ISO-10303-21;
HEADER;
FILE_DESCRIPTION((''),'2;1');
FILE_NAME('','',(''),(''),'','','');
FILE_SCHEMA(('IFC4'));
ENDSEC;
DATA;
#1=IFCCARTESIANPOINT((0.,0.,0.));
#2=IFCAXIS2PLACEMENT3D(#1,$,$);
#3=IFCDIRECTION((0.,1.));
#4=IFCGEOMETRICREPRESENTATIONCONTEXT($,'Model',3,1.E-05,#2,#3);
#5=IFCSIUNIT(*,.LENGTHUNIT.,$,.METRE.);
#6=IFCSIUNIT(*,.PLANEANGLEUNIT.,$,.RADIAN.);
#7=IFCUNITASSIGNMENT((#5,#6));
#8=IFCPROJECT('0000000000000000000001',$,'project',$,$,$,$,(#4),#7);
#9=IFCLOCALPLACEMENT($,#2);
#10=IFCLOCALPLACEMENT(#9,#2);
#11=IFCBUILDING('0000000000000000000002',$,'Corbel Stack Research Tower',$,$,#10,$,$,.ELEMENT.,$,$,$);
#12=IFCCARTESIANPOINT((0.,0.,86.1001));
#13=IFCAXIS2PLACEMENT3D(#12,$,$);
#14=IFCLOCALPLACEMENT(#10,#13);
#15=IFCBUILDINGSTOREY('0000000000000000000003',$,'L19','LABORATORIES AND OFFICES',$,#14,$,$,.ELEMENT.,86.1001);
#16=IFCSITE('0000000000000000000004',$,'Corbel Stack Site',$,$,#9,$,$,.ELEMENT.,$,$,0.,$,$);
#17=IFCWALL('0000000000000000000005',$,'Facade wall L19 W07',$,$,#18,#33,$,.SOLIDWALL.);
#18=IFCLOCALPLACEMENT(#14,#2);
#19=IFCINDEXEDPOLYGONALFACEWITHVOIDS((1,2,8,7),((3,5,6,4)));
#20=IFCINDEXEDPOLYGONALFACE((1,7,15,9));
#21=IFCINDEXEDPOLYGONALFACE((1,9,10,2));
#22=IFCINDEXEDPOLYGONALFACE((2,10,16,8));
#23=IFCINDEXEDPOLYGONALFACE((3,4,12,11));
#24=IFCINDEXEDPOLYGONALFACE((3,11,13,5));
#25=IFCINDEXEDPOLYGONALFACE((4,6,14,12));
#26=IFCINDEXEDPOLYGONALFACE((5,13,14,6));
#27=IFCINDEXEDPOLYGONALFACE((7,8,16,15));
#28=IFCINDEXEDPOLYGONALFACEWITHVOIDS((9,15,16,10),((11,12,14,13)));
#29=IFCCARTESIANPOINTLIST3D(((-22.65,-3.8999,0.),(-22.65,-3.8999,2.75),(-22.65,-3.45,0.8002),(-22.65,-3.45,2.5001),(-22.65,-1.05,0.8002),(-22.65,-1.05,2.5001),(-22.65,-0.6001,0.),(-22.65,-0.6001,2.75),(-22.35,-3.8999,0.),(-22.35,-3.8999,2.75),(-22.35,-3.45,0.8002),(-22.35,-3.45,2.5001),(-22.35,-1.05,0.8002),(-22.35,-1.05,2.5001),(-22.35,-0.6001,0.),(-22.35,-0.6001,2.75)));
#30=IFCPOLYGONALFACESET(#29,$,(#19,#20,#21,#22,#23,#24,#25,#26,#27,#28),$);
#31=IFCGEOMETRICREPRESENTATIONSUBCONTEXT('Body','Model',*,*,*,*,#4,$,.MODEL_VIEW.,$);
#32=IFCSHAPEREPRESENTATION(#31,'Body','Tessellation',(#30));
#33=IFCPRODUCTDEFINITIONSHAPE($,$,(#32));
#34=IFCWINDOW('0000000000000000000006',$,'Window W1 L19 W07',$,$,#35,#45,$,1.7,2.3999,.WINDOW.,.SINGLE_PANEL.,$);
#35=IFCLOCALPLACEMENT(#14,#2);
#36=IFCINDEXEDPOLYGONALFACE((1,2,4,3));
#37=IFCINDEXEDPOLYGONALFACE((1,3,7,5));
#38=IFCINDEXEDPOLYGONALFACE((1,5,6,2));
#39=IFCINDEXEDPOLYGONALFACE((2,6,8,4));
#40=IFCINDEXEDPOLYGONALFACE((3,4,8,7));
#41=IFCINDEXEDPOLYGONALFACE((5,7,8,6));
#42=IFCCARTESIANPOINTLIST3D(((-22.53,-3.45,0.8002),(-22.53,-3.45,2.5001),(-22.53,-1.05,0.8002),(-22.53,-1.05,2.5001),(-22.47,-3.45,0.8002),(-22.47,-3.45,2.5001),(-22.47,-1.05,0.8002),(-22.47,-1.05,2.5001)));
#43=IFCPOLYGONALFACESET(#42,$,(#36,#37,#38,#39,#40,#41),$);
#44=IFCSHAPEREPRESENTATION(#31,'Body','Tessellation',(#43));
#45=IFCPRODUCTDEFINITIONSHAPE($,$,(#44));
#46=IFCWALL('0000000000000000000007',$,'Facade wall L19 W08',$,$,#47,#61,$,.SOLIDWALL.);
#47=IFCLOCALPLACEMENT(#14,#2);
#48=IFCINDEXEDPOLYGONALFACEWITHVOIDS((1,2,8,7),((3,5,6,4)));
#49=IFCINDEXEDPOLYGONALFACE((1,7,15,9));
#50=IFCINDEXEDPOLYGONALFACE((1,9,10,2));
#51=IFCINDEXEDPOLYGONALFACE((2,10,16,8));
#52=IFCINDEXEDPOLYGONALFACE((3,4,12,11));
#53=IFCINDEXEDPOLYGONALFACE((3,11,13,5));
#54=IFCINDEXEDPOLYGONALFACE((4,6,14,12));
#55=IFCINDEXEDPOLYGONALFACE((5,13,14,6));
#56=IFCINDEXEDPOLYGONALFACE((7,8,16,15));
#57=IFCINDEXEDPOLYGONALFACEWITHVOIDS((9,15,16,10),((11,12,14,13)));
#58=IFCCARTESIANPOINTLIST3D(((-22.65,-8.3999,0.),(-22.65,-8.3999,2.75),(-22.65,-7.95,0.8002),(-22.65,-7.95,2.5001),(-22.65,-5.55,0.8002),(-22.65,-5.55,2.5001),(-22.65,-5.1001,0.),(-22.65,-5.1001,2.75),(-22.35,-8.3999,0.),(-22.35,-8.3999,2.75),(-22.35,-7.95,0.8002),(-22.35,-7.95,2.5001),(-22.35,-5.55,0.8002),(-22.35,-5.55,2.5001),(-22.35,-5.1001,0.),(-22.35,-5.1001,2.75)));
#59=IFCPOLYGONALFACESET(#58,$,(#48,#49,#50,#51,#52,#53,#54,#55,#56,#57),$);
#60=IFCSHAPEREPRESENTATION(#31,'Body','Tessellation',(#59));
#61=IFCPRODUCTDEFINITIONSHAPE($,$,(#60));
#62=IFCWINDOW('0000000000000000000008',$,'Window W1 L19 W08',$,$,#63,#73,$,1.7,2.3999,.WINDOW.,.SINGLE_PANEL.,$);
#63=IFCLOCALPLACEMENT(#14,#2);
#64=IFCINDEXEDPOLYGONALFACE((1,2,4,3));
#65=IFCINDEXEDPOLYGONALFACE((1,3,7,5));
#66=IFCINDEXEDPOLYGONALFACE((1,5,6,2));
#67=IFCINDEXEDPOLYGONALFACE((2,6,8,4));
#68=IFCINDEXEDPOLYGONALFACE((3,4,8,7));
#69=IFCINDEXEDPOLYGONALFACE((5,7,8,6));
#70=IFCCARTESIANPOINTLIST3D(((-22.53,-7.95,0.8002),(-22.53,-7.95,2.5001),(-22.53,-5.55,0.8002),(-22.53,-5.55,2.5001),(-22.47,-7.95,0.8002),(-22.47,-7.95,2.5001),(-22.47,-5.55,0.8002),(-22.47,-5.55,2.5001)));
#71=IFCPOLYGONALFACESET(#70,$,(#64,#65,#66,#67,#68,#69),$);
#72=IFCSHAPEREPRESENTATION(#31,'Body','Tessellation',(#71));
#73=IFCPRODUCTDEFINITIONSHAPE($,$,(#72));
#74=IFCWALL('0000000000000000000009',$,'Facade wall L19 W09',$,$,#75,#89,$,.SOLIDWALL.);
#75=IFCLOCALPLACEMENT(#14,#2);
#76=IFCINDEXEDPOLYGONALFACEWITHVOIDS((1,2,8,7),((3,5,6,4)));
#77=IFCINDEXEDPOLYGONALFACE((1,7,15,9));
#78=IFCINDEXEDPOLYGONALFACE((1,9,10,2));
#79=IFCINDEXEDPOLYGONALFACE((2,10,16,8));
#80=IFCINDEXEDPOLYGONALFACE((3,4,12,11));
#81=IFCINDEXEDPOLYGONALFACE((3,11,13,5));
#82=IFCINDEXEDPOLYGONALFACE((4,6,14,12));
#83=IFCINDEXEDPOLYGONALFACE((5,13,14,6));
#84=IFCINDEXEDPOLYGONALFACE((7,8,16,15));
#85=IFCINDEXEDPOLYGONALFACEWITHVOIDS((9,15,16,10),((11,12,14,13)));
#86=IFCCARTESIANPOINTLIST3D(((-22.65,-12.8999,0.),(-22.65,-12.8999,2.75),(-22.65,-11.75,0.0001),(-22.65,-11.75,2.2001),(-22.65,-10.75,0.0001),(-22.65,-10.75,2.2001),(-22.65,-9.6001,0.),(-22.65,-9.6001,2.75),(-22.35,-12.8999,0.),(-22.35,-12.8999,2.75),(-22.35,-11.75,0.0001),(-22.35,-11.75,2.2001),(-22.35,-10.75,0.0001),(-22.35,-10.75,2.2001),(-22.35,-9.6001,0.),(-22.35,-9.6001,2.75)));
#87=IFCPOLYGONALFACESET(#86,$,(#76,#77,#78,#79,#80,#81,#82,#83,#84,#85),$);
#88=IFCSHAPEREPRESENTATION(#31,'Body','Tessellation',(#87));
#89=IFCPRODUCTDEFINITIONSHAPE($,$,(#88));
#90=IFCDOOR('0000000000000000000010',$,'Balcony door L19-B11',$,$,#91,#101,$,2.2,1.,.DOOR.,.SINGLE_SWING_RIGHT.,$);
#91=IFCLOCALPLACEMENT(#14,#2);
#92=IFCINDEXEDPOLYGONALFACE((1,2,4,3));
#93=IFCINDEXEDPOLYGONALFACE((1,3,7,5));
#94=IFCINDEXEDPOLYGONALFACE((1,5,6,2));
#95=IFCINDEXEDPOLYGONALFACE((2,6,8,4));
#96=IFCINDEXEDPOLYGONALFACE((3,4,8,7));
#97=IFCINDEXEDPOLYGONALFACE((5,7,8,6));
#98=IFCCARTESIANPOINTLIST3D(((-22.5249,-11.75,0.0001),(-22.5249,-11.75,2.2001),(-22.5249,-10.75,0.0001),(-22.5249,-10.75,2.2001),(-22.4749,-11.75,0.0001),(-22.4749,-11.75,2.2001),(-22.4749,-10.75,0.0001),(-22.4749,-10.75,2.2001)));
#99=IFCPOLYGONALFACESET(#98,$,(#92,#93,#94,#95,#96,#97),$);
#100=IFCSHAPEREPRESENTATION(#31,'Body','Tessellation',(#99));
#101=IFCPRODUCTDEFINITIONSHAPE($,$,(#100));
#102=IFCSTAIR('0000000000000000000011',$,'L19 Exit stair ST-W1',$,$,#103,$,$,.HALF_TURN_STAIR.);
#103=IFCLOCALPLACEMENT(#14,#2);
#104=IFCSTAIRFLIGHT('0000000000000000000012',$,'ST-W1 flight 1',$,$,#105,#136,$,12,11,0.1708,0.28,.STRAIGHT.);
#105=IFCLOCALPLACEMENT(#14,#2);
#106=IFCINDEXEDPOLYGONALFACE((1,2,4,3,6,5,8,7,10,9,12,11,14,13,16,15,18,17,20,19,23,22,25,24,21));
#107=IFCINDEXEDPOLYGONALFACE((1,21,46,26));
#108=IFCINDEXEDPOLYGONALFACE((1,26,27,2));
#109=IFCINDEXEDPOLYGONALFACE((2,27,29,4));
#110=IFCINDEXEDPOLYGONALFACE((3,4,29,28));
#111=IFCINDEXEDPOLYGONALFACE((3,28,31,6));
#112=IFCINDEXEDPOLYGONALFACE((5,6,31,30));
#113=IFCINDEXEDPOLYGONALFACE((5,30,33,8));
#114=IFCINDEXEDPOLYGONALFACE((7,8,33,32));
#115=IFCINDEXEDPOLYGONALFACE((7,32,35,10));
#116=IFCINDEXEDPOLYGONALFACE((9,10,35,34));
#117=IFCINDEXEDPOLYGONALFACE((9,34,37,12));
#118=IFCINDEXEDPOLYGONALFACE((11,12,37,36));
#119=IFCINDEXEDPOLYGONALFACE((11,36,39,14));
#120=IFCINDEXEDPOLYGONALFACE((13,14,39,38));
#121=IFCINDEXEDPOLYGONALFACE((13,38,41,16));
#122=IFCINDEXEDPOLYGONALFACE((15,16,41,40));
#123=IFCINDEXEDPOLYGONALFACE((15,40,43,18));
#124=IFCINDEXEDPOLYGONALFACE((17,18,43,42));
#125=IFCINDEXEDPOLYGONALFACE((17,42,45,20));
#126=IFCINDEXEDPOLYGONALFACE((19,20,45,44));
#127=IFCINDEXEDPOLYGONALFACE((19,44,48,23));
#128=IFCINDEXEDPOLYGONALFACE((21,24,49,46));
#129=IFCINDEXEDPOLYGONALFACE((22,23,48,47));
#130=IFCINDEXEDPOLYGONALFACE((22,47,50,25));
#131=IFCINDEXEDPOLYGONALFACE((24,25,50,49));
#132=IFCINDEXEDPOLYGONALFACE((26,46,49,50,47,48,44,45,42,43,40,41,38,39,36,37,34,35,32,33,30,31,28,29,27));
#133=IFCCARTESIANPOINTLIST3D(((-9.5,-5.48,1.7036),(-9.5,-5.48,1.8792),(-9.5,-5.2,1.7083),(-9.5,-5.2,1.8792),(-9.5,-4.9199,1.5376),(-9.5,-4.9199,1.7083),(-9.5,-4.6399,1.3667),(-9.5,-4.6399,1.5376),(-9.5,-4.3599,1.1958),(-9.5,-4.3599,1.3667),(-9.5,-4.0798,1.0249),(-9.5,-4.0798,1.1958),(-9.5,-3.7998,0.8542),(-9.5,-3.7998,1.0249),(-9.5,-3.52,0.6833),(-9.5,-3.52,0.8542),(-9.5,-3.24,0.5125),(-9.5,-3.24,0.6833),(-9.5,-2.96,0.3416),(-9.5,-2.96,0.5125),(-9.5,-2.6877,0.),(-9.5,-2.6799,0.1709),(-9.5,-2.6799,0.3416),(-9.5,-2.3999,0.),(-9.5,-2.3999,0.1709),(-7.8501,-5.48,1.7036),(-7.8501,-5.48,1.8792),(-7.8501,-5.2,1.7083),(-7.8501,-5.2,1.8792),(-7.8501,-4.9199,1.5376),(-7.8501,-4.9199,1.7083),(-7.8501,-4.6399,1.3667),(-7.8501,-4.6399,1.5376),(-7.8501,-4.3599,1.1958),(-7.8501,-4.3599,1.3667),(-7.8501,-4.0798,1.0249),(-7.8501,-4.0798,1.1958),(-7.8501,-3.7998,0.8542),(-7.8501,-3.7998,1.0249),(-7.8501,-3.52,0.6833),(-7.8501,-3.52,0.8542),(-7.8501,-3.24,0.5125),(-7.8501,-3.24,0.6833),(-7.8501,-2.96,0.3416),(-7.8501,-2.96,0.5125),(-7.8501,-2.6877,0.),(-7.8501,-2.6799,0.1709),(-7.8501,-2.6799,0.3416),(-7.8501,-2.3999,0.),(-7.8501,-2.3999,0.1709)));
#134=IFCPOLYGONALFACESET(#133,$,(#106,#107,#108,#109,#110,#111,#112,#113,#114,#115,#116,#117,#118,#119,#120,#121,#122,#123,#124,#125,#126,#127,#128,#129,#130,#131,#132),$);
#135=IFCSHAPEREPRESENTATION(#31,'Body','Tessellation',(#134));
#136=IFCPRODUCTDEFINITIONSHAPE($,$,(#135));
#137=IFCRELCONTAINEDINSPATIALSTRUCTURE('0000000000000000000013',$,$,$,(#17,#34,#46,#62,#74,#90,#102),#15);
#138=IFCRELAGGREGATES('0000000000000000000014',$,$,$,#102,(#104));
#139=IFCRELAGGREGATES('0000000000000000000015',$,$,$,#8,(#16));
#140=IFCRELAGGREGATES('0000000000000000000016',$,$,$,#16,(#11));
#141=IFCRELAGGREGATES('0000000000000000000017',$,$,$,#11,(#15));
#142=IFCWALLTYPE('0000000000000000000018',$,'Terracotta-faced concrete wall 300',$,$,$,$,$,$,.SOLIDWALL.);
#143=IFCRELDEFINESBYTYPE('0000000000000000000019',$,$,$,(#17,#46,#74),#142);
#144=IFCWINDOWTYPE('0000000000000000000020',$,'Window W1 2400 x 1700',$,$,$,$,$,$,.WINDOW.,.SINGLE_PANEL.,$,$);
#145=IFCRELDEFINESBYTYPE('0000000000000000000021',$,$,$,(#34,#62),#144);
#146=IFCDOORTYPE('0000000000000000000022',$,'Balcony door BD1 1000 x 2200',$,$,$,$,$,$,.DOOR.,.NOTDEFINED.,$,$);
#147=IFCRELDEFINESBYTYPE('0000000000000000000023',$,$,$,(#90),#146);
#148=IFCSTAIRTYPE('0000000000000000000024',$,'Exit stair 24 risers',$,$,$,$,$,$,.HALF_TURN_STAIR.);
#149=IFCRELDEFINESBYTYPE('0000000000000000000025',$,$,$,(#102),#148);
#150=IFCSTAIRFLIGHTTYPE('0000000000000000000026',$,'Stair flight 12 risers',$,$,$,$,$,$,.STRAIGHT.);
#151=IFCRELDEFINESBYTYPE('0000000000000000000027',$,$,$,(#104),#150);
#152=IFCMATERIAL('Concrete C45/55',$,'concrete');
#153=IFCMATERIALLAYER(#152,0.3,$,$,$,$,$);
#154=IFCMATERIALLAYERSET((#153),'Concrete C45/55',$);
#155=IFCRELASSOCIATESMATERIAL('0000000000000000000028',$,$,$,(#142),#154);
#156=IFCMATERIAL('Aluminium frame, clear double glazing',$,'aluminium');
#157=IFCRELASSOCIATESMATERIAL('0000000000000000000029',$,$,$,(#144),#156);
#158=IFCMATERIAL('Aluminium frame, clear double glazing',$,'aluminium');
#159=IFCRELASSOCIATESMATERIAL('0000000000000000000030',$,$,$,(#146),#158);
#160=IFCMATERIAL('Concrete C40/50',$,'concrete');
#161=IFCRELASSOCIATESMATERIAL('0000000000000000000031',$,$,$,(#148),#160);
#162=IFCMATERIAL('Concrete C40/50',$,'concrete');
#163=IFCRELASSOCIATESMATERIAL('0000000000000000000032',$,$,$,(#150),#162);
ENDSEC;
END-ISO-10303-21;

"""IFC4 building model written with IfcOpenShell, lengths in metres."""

from ifc_helpers import new_model, si_unit, direction, frame, frame_2d, origin, place, context, subcontext, project, spatial, polyline, rectangle, outline, extrude, material, layer, layer_set, type_object, element, fill, aggregate, save


model = new_model("IFC4")

# Units and contexts
model_context = context("Model", 3, precision=1e-05, world=origin(), true_north=direction((0.0, 1.0)))
body_context = subcontext(model_context, "Body", "Model", "MODEL_VIEW")
ifc_project = project(units=[si_unit("LENGTHUNIT", "METRE"), si_unit("PLANEANGLEUNIT", "RADIAN")], contexts=[model_context])

# Site, building, storey
site_placement = place(None, origin())
site = spatial("IfcSite", under=ifc_project, at=site_placement, Name="Corbel Stack Site", CompositionType="ELEMENT", RefElevation=0.0)
building_placement = place(site_placement, origin())
building = spatial("IfcBuilding", under=site, at=building_placement, Name="Corbel Stack Research Tower", CompositionType="ELEMENT")
storey_placement = place(building_placement, frame((0.0, 0.0, 86.1001)))
storey = spatial("IfcBuildingStorey", under=building, at=storey_placement, Name="L19", Description="LABORATORIES AND OFFICES", CompositionType="ELEMENT", Elevation=86.1001)

# Walls, openings, windows
ifc_material_1 = material(Name="Concrete C45/55", Category="concrete")
ifc_layer_1 = layer(ifc_material_1, 0.3)
ifc_layer_set_1 = layer_set([ifc_layer_1], Name="Concrete C45/55")
wall_type_1 = type_object("IfcWallType", Name="Terracotta-faced concrete wall 300", PredefinedType="SOLIDWALL", material=ifc_layer_set_1)
wall_1_placement = place(storey_placement, frame((-22.5, -3.8999, 0.0), z_axis=(0.0, 0.0, 1.0), x_axis=(0.0, 1.0, 0.0)))
wall_1 = element("IfcWall", 1, at=wall_1_placement, inside=storey, type_object=wall_type_1, Name="Facade wall L19 W07", PredefinedType="SOLIDWALL", context=body_context, shape_type="SweptSolid", body=[
    extrude(rectangle(XDim=3.2998, YDim=0.3, at=frame_2d((1.6499, 0.0))), origin(), (0.0, 0.0, 1.0), 2.75),
])
opening_1_placement = place(wall_1_placement, frame((0.45, 0.0, 0.8)))
opening_1 = element("IfcOpeningElement", 2, at=opening_1_placement, cuts=wall_1, PredefinedType="OPENING", context=body_context, shape_type="SweptSolid", body=[
    extrude(rectangle(XDim=2.3999, YDim=1.7, at=frame_2d((1.2, 0.8501))), frame((0.0, 0.1599, 0.0), z_axis=(0.0, -1.0, 0.0), x_axis=(1.0, 0.0, 0.0)), (0.0, 0.0, 1.0), 0.3201),
])
ifc_material_2 = material(Name="Aluminium frame, clear double glazing", Category="aluminium")
window_type = type_object("IfcWindowType", Name="Window W1 2400 x 1700", PartitioningType="SINGLE_PANEL", PredefinedType="WINDOW", material=ifc_material_2)
window_1_placement = place(opening_1_placement, origin())
window_1 = element("IfcWindow", 3, at=window_1_placement, inside=storey, type_object=window_type, Name="Window W1 L19 W07", OverallHeight=1.7, OverallWidth=2.3999, PartitioningType="SINGLE_PANEL", PredefinedType="WINDOW", context=body_context, shape_type="SweptSolid", body=[
    extrude(rectangle(XDim=2.3999, YDim=1.7, at=frame_2d((1.2, 0.8501))), frame((0.0, 0.03, 0.0), z_axis=(0.0, -1.0, 0.0), x_axis=(1.0, 0.0, 0.0)), (0.0, 0.0, 1.0), 0.0601),
])
fill(opening_1, window_1)
wall_2_placement = place(storey_placement, frame((-22.5, -8.3999, 0.0), z_axis=(0.0, 0.0, 1.0), x_axis=(0.0, 1.0, 0.0)))
wall_2 = element("IfcWall", 4, at=wall_2_placement, inside=storey, type_object=wall_type_1, Name="Facade wall L19 W08", PredefinedType="SOLIDWALL", context=body_context, shape_type="SweptSolid", body=[
    extrude(rectangle(XDim=3.2998, YDim=0.3, at=frame_2d((1.6499, 0.0))), origin(), (0.0, 0.0, 1.0), 2.75),
])
opening_2_placement = place(wall_2_placement, frame((0.45, 0.0, 0.8)))
opening_2 = element("IfcOpeningElement", 5, at=opening_2_placement, cuts=wall_2, PredefinedType="OPENING", context=body_context, shape_type="SweptSolid", body=[
    extrude(rectangle(XDim=2.3999, YDim=1.7, at=frame_2d((1.2, 0.8501))), frame((0.0, 0.1599, 0.0), z_axis=(0.0, -1.0, 0.0), x_axis=(1.0, 0.0, 0.0)), (0.0, 0.0, 1.0), 0.3201),
])
window_2_placement = place(opening_2_placement, origin())
window_2 = element("IfcWindow", 6, at=window_2_placement, inside=storey, type_object=window_type, Name="Window W1 L19 W08", OverallHeight=1.7, OverallWidth=2.3999, PartitioningType="SINGLE_PANEL", PredefinedType="WINDOW", context=body_context, shape_type="SweptSolid", body=[
    extrude(rectangle(XDim=2.3999, YDim=1.7, at=frame_2d((1.2, 0.8501))), frame((0.0, 0.03, 0.0), z_axis=(0.0, -1.0, 0.0), x_axis=(1.0, 0.0, 0.0)), (0.0, 0.0, 1.0), 0.0601),
])
fill(opening_2, window_2)

# Wall, opening, door
wall_3_placement = place(storey_placement, frame((-22.5, -12.8999, 0.0), z_axis=(0.0, 0.0, 1.0), x_axis=(0.0, 1.0, 0.0)))
wall_3 = element("IfcWall", 7, at=wall_3_placement, inside=storey, type_object=wall_type_1, Name="Facade wall L19 W09", PredefinedType="SOLIDWALL", context=body_context, shape_type="SweptSolid", body=[
    extrude(rectangle(XDim=3.2998, YDim=0.3, at=frame_2d((1.6499, 0.0))), origin(), (0.0, 0.0, 1.0), 2.75),
])
opening_3_placement = place(wall_3_placement, frame((1.1499, 0.0, 0.0)))
opening_3 = element("IfcOpeningElement", 8, at=opening_3_placement, cuts=wall_3, PredefinedType="OPENING", context=body_context, shape_type="SweptSolid", body=[
    extrude(rectangle(XDim=1.0, YDim=2.2, at=frame_2d((0.5, 1.1001))), frame((0.0, 0.1599, 0.0), z_axis=(0.0, -1.0, 0.0), x_axis=(1.0, 0.0, 0.0)), (0.0, 0.0, 1.0), 0.3201),
])
ifc_material_3 = material(Name="Aluminium frame, clear double glazing", Category="aluminium")
door_type_1 = type_object("IfcDoorType", Name="Balcony door BD1 1000 x 2200", OperationType="NOTDEFINED", PredefinedType="DOOR", material=ifc_material_3)
door_1_placement = place(opening_3_placement, origin())
door_1 = element("IfcDoor", 9, at=door_1_placement, inside=storey, type_object=door_type_1, Name="Balcony door L19-B11", OperationType="SINGLE_SWING_RIGHT", OverallHeight=2.2, OverallWidth=1.0, PredefinedType="DOOR", context=body_context, shape_type="SweptSolid", body=[
    extrude(rectangle(XDim=1.0, YDim=2.2, at=frame_2d((0.5, 1.1001))), frame((0.0, 0.0249, 0.0), z_axis=(0.0, -1.0, 0.0), x_axis=(1.0, 0.0, 0.0)), (0.0, 0.0, 1.0), 0.05),
])
fill(opening_3, door_1)

# Stair, stair flight
ifc_material_4 = material(Name="Concrete C40/50", Category="concrete")
stair_type = type_object("IfcStairType", Name="Exit stair 24 risers", PredefinedType="HALF_TURN_STAIR", material=ifc_material_4)
stair_placement = place(storey_placement, origin())
stair = element("IfcStair", 10, at=stair_placement, inside=storey, type_object=stair_type, Name="L19 Exit stair ST-W1", PredefinedType="HALF_TURN_STAIR")
ifc_material_5 = material(Name="Concrete C40/50", Category="concrete")
stair_flight_type = type_object("IfcStairFlightType", Name="Stair flight 12 risers", PredefinedType="STRAIGHT", material=ifc_material_5)
stair_flight_placement = place(storey_placement, frame((-8.675, -2.3999, 0.0), z_axis=(0.0, 0.0, 1.0), x_axis=(0.0, -1.0, 0.0)))
stair_flight = element("IfcStairFlight", 11, at=stair_flight_placement, type_object=stair_flight_type, Name="ST-W1 flight 1", NumberOfRisers=12, NumberOfTreads=11, PredefinedType="STRAIGHT", RiserHeight=0.1708, TreadLength=0.28, context=body_context, shape_type="SweptSolid", body=[
    extrude(outline(polyline([(0.0, 0.0), (0.0, 0.1709), (0.28, 0.1709), (0.28, 0.3416), (0.5601, 0.3416), (0.5601, 0.5125), (0.8401, 0.5125), (0.8401, 0.6833), (1.1201, 0.6833), (1.1201, 0.8542), (1.3999, 0.8542), (1.3999, 1.0249), (1.6799, 1.0249), (1.6799, 1.1958), (1.96, 1.1958), (1.96, 1.3667), (2.24, 1.3667), (2.24, 1.5376), (2.52, 1.5376), (2.52, 1.7083), (2.8, 1.7083), (2.8, 1.8792), (3.0801, 1.8792), (3.0801, 2.05), (3.0801, 1.7036), (0.2878, 0.0), (0.0, 0.0)])), frame((0.0, 0.825, 0.0), z_axis=(0.0, -1.0, 0.0), x_axis=(1.0, 0.0, 0.0)), (0.0, 0.0, 1.0), 1.6499),
])
aggregate(stair, [stair_flight])

save(model, "model.ifc")
